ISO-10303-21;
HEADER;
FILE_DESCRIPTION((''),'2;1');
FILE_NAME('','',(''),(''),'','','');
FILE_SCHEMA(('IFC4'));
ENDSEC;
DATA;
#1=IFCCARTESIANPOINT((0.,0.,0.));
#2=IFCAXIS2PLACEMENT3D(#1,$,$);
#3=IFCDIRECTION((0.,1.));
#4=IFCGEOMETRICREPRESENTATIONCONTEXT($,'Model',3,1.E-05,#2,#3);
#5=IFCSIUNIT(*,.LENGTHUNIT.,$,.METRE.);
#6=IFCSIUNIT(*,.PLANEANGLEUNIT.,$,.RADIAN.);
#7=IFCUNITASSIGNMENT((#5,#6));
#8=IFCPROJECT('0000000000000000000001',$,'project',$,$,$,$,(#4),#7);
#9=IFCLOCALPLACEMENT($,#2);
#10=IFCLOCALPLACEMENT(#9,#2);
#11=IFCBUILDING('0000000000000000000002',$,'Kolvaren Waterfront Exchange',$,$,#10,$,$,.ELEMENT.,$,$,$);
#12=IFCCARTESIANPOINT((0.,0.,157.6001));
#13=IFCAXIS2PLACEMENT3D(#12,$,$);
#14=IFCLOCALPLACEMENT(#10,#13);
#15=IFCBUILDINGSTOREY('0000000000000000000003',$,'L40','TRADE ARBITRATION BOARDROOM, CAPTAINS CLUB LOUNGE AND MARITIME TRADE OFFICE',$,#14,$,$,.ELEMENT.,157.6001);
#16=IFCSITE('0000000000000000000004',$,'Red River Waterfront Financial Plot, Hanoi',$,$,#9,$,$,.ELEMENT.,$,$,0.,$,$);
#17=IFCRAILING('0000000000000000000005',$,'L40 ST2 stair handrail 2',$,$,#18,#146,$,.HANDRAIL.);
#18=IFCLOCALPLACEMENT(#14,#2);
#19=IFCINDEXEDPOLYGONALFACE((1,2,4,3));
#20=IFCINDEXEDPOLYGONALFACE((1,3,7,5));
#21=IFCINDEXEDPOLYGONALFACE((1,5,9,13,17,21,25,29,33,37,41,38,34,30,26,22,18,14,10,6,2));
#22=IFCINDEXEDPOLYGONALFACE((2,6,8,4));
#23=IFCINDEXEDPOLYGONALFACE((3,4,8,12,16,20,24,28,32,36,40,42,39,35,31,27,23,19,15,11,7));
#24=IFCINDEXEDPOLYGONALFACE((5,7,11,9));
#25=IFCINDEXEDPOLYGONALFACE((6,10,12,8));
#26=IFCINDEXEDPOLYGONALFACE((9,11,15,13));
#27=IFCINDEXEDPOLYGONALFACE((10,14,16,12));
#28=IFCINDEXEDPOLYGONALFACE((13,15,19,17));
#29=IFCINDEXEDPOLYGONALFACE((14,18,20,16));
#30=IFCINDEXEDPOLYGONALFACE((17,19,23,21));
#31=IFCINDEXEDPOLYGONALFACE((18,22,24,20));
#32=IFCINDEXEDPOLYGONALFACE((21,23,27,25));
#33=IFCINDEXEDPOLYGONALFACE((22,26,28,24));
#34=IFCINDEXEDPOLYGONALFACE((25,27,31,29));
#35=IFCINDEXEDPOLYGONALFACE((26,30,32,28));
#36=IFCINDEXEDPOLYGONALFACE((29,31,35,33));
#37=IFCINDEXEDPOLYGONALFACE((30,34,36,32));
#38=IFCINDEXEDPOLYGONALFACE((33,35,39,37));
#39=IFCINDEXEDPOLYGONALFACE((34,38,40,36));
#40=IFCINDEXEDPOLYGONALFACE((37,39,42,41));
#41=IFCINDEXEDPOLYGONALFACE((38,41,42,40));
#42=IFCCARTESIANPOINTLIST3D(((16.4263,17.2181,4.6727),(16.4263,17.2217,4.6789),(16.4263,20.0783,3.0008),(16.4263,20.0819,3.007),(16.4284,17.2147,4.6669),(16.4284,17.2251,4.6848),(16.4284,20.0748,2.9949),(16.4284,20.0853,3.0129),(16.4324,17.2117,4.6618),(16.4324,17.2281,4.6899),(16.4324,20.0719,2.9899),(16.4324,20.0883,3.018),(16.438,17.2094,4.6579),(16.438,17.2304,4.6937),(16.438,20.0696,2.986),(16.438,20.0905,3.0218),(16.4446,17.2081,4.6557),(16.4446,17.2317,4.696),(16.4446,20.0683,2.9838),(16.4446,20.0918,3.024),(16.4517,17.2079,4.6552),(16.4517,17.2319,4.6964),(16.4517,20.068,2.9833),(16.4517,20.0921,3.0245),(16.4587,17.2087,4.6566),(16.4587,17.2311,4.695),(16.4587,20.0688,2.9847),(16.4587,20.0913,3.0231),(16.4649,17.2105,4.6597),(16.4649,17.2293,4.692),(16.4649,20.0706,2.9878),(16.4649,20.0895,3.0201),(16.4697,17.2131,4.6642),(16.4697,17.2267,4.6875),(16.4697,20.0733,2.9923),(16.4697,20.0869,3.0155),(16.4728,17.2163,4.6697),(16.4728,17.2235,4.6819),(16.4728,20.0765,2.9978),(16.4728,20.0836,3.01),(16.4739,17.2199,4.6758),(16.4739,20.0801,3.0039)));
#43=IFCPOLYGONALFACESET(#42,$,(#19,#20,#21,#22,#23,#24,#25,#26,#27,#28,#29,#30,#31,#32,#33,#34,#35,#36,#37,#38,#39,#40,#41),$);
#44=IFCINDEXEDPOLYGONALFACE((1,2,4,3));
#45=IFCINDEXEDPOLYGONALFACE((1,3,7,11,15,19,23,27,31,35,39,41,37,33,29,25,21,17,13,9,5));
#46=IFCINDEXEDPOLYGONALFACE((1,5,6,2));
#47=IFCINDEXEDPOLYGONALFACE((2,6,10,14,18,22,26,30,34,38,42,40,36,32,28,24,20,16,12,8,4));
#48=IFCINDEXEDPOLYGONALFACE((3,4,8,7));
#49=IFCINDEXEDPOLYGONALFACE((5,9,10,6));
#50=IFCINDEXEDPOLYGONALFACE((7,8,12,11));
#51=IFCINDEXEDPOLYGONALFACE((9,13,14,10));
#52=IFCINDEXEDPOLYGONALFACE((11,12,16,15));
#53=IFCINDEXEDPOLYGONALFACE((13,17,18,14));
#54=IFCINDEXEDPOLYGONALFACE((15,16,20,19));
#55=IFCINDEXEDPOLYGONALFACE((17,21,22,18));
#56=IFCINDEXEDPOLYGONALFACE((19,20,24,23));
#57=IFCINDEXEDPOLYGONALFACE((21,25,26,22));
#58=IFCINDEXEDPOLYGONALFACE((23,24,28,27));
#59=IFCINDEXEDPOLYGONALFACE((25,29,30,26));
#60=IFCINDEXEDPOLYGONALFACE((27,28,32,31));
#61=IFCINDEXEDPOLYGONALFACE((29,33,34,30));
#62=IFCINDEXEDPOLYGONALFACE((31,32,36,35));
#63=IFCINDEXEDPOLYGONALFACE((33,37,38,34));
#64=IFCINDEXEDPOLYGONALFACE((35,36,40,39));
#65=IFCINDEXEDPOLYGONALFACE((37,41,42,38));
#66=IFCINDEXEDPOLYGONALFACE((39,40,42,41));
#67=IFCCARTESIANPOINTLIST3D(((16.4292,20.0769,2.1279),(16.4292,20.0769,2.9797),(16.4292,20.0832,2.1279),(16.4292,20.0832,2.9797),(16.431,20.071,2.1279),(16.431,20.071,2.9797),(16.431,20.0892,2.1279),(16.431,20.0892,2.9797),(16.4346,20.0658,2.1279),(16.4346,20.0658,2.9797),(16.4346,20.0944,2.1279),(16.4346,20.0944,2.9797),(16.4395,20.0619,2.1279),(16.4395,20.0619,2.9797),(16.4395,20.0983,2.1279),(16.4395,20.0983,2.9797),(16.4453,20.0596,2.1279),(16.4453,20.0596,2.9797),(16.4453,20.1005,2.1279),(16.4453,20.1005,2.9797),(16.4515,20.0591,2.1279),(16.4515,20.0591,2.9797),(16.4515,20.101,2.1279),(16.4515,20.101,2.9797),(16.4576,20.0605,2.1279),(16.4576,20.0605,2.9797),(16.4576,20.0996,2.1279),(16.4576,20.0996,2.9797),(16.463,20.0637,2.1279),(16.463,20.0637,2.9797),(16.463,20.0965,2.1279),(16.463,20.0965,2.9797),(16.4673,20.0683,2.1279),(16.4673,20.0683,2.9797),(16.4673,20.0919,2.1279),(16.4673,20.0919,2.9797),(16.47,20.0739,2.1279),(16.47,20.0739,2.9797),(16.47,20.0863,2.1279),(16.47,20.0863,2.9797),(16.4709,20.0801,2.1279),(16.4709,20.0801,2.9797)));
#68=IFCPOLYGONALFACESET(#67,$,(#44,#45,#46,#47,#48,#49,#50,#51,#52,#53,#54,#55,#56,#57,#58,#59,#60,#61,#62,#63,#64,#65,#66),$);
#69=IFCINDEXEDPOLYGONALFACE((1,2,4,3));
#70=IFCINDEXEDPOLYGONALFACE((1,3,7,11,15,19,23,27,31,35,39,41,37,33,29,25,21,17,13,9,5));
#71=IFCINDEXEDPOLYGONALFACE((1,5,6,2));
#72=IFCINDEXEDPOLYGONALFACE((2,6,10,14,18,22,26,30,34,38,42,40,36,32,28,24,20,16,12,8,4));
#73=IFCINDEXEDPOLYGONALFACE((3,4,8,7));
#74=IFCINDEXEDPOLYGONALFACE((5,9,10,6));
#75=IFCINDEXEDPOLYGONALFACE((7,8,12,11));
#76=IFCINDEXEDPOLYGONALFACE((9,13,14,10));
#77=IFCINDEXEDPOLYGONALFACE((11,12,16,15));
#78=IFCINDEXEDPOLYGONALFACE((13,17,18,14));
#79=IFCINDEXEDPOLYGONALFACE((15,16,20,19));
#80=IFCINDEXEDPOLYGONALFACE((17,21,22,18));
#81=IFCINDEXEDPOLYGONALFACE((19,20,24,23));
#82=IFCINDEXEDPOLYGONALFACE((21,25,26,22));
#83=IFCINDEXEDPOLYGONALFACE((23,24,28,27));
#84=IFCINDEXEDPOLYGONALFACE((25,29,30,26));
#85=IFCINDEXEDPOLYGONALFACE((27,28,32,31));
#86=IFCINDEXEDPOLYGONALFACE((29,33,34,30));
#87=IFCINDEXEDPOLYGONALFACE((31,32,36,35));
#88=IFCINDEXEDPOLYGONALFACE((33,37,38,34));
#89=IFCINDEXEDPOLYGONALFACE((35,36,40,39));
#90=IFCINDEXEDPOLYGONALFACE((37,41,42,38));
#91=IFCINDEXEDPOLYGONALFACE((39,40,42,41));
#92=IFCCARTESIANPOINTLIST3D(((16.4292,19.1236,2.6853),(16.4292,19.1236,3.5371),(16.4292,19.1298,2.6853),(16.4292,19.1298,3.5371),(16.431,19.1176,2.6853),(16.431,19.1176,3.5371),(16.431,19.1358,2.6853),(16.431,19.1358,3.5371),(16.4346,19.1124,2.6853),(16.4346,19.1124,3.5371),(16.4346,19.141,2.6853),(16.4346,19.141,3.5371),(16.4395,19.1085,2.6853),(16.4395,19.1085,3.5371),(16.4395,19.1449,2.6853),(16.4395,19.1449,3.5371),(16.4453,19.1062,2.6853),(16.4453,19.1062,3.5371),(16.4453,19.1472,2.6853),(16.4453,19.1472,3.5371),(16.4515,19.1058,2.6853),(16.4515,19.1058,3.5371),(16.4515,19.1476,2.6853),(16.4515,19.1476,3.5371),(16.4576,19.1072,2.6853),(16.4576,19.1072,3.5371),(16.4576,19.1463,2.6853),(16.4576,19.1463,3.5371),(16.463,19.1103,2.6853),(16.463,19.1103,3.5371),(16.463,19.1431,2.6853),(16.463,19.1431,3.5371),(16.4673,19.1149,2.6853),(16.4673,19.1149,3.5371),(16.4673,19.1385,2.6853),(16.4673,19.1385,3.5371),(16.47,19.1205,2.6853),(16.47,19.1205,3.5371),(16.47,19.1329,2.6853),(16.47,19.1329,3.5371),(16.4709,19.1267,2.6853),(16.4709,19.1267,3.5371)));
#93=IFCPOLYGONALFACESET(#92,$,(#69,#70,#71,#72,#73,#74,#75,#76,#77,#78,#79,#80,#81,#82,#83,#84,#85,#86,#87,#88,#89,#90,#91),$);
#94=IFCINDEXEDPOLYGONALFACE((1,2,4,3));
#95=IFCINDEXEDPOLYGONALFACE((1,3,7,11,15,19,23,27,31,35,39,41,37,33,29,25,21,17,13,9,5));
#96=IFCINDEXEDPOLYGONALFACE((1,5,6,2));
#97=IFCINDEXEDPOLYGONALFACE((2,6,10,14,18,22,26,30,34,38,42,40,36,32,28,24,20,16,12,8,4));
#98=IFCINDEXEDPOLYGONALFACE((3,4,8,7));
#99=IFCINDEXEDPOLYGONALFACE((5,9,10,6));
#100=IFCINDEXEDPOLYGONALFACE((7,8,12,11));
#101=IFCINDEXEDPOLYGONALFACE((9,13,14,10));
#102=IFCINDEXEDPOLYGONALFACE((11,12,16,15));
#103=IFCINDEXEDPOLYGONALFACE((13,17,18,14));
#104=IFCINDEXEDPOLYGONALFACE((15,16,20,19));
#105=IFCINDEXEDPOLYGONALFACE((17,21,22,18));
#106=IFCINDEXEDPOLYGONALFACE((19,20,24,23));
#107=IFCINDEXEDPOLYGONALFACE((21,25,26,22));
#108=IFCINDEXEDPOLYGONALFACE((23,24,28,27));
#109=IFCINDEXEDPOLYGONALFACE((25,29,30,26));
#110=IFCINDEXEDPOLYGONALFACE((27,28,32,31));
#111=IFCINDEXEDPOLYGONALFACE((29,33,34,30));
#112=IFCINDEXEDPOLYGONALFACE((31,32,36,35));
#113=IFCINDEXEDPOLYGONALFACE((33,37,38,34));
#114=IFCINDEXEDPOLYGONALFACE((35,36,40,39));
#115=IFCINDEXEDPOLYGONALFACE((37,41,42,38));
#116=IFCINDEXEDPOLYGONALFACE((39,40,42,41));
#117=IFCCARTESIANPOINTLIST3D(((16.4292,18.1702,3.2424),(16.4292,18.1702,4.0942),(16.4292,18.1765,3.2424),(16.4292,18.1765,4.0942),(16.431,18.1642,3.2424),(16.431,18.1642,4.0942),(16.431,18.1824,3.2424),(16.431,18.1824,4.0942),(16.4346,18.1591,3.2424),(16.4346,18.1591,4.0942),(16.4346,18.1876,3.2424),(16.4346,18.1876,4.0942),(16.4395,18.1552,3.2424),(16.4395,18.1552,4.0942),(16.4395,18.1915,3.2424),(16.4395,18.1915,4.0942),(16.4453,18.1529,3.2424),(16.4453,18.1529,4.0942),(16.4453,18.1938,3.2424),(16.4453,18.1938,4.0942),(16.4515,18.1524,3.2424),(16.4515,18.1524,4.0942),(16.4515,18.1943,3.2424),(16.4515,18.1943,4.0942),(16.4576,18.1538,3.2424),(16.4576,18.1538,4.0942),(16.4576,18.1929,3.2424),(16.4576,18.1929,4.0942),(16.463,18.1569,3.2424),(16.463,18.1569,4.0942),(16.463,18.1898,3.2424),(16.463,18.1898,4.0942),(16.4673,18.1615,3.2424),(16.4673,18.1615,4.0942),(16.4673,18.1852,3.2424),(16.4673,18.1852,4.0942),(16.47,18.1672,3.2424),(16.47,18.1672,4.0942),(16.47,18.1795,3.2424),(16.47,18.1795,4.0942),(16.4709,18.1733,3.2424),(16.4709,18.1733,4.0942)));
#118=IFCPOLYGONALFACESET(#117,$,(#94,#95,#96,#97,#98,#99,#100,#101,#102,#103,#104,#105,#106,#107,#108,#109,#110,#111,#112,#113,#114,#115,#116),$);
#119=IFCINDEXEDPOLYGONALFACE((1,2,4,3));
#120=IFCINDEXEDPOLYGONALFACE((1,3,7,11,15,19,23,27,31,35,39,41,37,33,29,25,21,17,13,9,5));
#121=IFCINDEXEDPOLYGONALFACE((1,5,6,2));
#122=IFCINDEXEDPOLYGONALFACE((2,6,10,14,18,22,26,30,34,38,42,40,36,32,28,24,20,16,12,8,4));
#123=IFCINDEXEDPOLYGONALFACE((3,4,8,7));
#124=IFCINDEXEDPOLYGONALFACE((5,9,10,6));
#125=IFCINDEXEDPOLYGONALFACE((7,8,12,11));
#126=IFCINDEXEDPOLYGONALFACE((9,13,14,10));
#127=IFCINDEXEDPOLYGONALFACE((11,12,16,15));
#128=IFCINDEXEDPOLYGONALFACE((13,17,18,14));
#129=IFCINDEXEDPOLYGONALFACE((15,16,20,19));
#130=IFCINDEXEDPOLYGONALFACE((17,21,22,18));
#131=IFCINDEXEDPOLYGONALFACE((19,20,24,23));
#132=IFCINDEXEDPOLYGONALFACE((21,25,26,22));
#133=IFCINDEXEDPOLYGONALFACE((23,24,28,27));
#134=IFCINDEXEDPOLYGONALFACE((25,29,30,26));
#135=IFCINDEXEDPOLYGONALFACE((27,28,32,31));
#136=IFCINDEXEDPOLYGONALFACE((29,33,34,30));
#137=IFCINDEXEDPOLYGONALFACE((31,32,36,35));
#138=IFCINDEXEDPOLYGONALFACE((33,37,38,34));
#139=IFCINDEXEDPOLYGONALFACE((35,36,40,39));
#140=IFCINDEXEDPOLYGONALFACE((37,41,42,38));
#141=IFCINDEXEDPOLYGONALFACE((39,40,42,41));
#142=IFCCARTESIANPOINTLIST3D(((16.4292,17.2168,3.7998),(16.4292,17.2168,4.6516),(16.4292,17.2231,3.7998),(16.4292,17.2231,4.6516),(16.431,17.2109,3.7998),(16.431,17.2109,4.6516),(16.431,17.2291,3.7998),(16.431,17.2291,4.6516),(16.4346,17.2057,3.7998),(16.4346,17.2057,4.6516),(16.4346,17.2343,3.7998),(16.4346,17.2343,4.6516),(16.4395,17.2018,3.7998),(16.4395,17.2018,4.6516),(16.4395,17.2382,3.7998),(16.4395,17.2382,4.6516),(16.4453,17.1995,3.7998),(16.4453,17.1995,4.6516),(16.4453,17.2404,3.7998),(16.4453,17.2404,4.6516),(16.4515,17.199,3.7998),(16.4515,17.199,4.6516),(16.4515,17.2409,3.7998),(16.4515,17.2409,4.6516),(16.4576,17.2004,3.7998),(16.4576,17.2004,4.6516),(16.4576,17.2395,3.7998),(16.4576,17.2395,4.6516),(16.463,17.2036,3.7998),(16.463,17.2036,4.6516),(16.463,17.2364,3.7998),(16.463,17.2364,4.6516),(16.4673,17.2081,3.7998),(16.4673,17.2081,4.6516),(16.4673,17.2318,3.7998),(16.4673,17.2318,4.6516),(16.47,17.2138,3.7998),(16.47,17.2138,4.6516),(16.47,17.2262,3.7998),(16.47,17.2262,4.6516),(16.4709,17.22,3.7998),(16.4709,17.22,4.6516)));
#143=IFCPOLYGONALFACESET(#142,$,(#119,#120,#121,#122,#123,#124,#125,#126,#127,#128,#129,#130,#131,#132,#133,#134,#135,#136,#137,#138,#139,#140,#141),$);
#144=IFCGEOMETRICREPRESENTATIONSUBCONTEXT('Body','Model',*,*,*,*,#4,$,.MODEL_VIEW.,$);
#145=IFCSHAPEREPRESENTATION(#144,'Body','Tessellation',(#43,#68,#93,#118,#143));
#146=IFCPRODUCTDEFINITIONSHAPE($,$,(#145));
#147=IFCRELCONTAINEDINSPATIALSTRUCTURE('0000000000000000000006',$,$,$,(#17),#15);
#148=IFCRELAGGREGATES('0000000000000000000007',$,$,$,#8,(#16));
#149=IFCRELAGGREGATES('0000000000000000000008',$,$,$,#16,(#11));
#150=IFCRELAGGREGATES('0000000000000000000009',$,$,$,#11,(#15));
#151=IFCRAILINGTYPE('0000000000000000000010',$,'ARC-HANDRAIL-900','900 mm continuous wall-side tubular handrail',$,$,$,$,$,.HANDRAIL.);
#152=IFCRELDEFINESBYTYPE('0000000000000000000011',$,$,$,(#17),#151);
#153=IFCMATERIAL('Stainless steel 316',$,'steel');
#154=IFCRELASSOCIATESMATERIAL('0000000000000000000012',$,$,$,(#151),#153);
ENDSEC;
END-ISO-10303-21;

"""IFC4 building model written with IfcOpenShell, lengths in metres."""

from ifc_helpers import new_model, si_unit, direction, frame, origin, origin_2d, place, context, subcontext, project, spatial, circle, extrude, material, type_object, element, save


model = new_model("IFC4")

# Units and contexts
model_context = context("Model", 3, precision=1e-05, world=origin(), true_north=direction((0.0, 1.0)))
body_context = subcontext(model_context, "Body", "Model", "MODEL_VIEW")
ifc_project = project(units=[si_unit("LENGTHUNIT", "METRE"), si_unit("PLANEANGLEUNIT", "RADIAN")], contexts=[model_context])

# Site, building, storey
site_placement = place(None, origin())
site = spatial("IfcSite", under=ifc_project, at=site_placement, Name="Red River Waterfront Financial Plot, Hanoi", CompositionType="ELEMENT", RefElevation=0.0)
building_placement = place(site_placement, origin())
building = spatial("IfcBuilding", under=site, at=building_placement, Name="Kolvaren Waterfront Exchange", CompositionType="ELEMENT")
storey_placement = place(building_placement, frame((0.0, 0.0, 157.6001)))
storey = spatial("IfcBuildingStorey", under=building, at=storey_placement, Name="L40", Description="TRADE ARBITRATION BOARDROOM, CAPTAINS CLUB LOUNGE AND MARITIME TRADE OFFICE", CompositionType="ELEMENT", Elevation=157.6001)

# Railing
ifc_material_1 = material(Name="Stainless steel 316", Category="steel")
railing_type_1 = type_object("IfcRailingType", Name="ARC-HANDRAIL-900", Description="900 mm continuous wall-side tubular handrail", PredefinedType="HANDRAIL", material=ifc_material_1)
railing_1_placement = place(storey_placement, frame((16.45, 20.0801, 2.1279)))
element("IfcRailing", 1, at=railing_1_placement, inside=storey, type_object=railing_type_1, Name="L40 ST2 stair handrail 2", PredefinedType="HANDRAIL", context=body_context, shape_type="SweptSolid", body=[
    extrude(circle(Radius=0.0239, at=origin_2d()), frame((0.0, 0.0, 0.876), z_axis=(0.0, -0.863321, 0.504654), x_axis=(1.0, 0.0, 0.0)), (0.0, 0.0, 1.0), 3.313),
    extrude(circle(Radius=0.021, at=origin_2d()), origin(), (0.0, 0.0, 1.0), 0.8518),
    extrude(circle(Radius=0.021, at=origin_2d()), frame((0.0, -0.9534, 0.5574)), (0.0, 0.0, 1.0), 0.8518),
    extrude(circle(Radius=0.021, at=origin_2d()), frame((0.0, -1.9067, 1.1145)), (0.0, 0.0, 1.0), 0.8518),
    extrude(circle(Radius=0.021, at=origin_2d()), frame((0.0, -2.8601, 1.6719)), (0.0, 0.0, 1.0), 0.8518),
])

save(model, "model.ifc")
